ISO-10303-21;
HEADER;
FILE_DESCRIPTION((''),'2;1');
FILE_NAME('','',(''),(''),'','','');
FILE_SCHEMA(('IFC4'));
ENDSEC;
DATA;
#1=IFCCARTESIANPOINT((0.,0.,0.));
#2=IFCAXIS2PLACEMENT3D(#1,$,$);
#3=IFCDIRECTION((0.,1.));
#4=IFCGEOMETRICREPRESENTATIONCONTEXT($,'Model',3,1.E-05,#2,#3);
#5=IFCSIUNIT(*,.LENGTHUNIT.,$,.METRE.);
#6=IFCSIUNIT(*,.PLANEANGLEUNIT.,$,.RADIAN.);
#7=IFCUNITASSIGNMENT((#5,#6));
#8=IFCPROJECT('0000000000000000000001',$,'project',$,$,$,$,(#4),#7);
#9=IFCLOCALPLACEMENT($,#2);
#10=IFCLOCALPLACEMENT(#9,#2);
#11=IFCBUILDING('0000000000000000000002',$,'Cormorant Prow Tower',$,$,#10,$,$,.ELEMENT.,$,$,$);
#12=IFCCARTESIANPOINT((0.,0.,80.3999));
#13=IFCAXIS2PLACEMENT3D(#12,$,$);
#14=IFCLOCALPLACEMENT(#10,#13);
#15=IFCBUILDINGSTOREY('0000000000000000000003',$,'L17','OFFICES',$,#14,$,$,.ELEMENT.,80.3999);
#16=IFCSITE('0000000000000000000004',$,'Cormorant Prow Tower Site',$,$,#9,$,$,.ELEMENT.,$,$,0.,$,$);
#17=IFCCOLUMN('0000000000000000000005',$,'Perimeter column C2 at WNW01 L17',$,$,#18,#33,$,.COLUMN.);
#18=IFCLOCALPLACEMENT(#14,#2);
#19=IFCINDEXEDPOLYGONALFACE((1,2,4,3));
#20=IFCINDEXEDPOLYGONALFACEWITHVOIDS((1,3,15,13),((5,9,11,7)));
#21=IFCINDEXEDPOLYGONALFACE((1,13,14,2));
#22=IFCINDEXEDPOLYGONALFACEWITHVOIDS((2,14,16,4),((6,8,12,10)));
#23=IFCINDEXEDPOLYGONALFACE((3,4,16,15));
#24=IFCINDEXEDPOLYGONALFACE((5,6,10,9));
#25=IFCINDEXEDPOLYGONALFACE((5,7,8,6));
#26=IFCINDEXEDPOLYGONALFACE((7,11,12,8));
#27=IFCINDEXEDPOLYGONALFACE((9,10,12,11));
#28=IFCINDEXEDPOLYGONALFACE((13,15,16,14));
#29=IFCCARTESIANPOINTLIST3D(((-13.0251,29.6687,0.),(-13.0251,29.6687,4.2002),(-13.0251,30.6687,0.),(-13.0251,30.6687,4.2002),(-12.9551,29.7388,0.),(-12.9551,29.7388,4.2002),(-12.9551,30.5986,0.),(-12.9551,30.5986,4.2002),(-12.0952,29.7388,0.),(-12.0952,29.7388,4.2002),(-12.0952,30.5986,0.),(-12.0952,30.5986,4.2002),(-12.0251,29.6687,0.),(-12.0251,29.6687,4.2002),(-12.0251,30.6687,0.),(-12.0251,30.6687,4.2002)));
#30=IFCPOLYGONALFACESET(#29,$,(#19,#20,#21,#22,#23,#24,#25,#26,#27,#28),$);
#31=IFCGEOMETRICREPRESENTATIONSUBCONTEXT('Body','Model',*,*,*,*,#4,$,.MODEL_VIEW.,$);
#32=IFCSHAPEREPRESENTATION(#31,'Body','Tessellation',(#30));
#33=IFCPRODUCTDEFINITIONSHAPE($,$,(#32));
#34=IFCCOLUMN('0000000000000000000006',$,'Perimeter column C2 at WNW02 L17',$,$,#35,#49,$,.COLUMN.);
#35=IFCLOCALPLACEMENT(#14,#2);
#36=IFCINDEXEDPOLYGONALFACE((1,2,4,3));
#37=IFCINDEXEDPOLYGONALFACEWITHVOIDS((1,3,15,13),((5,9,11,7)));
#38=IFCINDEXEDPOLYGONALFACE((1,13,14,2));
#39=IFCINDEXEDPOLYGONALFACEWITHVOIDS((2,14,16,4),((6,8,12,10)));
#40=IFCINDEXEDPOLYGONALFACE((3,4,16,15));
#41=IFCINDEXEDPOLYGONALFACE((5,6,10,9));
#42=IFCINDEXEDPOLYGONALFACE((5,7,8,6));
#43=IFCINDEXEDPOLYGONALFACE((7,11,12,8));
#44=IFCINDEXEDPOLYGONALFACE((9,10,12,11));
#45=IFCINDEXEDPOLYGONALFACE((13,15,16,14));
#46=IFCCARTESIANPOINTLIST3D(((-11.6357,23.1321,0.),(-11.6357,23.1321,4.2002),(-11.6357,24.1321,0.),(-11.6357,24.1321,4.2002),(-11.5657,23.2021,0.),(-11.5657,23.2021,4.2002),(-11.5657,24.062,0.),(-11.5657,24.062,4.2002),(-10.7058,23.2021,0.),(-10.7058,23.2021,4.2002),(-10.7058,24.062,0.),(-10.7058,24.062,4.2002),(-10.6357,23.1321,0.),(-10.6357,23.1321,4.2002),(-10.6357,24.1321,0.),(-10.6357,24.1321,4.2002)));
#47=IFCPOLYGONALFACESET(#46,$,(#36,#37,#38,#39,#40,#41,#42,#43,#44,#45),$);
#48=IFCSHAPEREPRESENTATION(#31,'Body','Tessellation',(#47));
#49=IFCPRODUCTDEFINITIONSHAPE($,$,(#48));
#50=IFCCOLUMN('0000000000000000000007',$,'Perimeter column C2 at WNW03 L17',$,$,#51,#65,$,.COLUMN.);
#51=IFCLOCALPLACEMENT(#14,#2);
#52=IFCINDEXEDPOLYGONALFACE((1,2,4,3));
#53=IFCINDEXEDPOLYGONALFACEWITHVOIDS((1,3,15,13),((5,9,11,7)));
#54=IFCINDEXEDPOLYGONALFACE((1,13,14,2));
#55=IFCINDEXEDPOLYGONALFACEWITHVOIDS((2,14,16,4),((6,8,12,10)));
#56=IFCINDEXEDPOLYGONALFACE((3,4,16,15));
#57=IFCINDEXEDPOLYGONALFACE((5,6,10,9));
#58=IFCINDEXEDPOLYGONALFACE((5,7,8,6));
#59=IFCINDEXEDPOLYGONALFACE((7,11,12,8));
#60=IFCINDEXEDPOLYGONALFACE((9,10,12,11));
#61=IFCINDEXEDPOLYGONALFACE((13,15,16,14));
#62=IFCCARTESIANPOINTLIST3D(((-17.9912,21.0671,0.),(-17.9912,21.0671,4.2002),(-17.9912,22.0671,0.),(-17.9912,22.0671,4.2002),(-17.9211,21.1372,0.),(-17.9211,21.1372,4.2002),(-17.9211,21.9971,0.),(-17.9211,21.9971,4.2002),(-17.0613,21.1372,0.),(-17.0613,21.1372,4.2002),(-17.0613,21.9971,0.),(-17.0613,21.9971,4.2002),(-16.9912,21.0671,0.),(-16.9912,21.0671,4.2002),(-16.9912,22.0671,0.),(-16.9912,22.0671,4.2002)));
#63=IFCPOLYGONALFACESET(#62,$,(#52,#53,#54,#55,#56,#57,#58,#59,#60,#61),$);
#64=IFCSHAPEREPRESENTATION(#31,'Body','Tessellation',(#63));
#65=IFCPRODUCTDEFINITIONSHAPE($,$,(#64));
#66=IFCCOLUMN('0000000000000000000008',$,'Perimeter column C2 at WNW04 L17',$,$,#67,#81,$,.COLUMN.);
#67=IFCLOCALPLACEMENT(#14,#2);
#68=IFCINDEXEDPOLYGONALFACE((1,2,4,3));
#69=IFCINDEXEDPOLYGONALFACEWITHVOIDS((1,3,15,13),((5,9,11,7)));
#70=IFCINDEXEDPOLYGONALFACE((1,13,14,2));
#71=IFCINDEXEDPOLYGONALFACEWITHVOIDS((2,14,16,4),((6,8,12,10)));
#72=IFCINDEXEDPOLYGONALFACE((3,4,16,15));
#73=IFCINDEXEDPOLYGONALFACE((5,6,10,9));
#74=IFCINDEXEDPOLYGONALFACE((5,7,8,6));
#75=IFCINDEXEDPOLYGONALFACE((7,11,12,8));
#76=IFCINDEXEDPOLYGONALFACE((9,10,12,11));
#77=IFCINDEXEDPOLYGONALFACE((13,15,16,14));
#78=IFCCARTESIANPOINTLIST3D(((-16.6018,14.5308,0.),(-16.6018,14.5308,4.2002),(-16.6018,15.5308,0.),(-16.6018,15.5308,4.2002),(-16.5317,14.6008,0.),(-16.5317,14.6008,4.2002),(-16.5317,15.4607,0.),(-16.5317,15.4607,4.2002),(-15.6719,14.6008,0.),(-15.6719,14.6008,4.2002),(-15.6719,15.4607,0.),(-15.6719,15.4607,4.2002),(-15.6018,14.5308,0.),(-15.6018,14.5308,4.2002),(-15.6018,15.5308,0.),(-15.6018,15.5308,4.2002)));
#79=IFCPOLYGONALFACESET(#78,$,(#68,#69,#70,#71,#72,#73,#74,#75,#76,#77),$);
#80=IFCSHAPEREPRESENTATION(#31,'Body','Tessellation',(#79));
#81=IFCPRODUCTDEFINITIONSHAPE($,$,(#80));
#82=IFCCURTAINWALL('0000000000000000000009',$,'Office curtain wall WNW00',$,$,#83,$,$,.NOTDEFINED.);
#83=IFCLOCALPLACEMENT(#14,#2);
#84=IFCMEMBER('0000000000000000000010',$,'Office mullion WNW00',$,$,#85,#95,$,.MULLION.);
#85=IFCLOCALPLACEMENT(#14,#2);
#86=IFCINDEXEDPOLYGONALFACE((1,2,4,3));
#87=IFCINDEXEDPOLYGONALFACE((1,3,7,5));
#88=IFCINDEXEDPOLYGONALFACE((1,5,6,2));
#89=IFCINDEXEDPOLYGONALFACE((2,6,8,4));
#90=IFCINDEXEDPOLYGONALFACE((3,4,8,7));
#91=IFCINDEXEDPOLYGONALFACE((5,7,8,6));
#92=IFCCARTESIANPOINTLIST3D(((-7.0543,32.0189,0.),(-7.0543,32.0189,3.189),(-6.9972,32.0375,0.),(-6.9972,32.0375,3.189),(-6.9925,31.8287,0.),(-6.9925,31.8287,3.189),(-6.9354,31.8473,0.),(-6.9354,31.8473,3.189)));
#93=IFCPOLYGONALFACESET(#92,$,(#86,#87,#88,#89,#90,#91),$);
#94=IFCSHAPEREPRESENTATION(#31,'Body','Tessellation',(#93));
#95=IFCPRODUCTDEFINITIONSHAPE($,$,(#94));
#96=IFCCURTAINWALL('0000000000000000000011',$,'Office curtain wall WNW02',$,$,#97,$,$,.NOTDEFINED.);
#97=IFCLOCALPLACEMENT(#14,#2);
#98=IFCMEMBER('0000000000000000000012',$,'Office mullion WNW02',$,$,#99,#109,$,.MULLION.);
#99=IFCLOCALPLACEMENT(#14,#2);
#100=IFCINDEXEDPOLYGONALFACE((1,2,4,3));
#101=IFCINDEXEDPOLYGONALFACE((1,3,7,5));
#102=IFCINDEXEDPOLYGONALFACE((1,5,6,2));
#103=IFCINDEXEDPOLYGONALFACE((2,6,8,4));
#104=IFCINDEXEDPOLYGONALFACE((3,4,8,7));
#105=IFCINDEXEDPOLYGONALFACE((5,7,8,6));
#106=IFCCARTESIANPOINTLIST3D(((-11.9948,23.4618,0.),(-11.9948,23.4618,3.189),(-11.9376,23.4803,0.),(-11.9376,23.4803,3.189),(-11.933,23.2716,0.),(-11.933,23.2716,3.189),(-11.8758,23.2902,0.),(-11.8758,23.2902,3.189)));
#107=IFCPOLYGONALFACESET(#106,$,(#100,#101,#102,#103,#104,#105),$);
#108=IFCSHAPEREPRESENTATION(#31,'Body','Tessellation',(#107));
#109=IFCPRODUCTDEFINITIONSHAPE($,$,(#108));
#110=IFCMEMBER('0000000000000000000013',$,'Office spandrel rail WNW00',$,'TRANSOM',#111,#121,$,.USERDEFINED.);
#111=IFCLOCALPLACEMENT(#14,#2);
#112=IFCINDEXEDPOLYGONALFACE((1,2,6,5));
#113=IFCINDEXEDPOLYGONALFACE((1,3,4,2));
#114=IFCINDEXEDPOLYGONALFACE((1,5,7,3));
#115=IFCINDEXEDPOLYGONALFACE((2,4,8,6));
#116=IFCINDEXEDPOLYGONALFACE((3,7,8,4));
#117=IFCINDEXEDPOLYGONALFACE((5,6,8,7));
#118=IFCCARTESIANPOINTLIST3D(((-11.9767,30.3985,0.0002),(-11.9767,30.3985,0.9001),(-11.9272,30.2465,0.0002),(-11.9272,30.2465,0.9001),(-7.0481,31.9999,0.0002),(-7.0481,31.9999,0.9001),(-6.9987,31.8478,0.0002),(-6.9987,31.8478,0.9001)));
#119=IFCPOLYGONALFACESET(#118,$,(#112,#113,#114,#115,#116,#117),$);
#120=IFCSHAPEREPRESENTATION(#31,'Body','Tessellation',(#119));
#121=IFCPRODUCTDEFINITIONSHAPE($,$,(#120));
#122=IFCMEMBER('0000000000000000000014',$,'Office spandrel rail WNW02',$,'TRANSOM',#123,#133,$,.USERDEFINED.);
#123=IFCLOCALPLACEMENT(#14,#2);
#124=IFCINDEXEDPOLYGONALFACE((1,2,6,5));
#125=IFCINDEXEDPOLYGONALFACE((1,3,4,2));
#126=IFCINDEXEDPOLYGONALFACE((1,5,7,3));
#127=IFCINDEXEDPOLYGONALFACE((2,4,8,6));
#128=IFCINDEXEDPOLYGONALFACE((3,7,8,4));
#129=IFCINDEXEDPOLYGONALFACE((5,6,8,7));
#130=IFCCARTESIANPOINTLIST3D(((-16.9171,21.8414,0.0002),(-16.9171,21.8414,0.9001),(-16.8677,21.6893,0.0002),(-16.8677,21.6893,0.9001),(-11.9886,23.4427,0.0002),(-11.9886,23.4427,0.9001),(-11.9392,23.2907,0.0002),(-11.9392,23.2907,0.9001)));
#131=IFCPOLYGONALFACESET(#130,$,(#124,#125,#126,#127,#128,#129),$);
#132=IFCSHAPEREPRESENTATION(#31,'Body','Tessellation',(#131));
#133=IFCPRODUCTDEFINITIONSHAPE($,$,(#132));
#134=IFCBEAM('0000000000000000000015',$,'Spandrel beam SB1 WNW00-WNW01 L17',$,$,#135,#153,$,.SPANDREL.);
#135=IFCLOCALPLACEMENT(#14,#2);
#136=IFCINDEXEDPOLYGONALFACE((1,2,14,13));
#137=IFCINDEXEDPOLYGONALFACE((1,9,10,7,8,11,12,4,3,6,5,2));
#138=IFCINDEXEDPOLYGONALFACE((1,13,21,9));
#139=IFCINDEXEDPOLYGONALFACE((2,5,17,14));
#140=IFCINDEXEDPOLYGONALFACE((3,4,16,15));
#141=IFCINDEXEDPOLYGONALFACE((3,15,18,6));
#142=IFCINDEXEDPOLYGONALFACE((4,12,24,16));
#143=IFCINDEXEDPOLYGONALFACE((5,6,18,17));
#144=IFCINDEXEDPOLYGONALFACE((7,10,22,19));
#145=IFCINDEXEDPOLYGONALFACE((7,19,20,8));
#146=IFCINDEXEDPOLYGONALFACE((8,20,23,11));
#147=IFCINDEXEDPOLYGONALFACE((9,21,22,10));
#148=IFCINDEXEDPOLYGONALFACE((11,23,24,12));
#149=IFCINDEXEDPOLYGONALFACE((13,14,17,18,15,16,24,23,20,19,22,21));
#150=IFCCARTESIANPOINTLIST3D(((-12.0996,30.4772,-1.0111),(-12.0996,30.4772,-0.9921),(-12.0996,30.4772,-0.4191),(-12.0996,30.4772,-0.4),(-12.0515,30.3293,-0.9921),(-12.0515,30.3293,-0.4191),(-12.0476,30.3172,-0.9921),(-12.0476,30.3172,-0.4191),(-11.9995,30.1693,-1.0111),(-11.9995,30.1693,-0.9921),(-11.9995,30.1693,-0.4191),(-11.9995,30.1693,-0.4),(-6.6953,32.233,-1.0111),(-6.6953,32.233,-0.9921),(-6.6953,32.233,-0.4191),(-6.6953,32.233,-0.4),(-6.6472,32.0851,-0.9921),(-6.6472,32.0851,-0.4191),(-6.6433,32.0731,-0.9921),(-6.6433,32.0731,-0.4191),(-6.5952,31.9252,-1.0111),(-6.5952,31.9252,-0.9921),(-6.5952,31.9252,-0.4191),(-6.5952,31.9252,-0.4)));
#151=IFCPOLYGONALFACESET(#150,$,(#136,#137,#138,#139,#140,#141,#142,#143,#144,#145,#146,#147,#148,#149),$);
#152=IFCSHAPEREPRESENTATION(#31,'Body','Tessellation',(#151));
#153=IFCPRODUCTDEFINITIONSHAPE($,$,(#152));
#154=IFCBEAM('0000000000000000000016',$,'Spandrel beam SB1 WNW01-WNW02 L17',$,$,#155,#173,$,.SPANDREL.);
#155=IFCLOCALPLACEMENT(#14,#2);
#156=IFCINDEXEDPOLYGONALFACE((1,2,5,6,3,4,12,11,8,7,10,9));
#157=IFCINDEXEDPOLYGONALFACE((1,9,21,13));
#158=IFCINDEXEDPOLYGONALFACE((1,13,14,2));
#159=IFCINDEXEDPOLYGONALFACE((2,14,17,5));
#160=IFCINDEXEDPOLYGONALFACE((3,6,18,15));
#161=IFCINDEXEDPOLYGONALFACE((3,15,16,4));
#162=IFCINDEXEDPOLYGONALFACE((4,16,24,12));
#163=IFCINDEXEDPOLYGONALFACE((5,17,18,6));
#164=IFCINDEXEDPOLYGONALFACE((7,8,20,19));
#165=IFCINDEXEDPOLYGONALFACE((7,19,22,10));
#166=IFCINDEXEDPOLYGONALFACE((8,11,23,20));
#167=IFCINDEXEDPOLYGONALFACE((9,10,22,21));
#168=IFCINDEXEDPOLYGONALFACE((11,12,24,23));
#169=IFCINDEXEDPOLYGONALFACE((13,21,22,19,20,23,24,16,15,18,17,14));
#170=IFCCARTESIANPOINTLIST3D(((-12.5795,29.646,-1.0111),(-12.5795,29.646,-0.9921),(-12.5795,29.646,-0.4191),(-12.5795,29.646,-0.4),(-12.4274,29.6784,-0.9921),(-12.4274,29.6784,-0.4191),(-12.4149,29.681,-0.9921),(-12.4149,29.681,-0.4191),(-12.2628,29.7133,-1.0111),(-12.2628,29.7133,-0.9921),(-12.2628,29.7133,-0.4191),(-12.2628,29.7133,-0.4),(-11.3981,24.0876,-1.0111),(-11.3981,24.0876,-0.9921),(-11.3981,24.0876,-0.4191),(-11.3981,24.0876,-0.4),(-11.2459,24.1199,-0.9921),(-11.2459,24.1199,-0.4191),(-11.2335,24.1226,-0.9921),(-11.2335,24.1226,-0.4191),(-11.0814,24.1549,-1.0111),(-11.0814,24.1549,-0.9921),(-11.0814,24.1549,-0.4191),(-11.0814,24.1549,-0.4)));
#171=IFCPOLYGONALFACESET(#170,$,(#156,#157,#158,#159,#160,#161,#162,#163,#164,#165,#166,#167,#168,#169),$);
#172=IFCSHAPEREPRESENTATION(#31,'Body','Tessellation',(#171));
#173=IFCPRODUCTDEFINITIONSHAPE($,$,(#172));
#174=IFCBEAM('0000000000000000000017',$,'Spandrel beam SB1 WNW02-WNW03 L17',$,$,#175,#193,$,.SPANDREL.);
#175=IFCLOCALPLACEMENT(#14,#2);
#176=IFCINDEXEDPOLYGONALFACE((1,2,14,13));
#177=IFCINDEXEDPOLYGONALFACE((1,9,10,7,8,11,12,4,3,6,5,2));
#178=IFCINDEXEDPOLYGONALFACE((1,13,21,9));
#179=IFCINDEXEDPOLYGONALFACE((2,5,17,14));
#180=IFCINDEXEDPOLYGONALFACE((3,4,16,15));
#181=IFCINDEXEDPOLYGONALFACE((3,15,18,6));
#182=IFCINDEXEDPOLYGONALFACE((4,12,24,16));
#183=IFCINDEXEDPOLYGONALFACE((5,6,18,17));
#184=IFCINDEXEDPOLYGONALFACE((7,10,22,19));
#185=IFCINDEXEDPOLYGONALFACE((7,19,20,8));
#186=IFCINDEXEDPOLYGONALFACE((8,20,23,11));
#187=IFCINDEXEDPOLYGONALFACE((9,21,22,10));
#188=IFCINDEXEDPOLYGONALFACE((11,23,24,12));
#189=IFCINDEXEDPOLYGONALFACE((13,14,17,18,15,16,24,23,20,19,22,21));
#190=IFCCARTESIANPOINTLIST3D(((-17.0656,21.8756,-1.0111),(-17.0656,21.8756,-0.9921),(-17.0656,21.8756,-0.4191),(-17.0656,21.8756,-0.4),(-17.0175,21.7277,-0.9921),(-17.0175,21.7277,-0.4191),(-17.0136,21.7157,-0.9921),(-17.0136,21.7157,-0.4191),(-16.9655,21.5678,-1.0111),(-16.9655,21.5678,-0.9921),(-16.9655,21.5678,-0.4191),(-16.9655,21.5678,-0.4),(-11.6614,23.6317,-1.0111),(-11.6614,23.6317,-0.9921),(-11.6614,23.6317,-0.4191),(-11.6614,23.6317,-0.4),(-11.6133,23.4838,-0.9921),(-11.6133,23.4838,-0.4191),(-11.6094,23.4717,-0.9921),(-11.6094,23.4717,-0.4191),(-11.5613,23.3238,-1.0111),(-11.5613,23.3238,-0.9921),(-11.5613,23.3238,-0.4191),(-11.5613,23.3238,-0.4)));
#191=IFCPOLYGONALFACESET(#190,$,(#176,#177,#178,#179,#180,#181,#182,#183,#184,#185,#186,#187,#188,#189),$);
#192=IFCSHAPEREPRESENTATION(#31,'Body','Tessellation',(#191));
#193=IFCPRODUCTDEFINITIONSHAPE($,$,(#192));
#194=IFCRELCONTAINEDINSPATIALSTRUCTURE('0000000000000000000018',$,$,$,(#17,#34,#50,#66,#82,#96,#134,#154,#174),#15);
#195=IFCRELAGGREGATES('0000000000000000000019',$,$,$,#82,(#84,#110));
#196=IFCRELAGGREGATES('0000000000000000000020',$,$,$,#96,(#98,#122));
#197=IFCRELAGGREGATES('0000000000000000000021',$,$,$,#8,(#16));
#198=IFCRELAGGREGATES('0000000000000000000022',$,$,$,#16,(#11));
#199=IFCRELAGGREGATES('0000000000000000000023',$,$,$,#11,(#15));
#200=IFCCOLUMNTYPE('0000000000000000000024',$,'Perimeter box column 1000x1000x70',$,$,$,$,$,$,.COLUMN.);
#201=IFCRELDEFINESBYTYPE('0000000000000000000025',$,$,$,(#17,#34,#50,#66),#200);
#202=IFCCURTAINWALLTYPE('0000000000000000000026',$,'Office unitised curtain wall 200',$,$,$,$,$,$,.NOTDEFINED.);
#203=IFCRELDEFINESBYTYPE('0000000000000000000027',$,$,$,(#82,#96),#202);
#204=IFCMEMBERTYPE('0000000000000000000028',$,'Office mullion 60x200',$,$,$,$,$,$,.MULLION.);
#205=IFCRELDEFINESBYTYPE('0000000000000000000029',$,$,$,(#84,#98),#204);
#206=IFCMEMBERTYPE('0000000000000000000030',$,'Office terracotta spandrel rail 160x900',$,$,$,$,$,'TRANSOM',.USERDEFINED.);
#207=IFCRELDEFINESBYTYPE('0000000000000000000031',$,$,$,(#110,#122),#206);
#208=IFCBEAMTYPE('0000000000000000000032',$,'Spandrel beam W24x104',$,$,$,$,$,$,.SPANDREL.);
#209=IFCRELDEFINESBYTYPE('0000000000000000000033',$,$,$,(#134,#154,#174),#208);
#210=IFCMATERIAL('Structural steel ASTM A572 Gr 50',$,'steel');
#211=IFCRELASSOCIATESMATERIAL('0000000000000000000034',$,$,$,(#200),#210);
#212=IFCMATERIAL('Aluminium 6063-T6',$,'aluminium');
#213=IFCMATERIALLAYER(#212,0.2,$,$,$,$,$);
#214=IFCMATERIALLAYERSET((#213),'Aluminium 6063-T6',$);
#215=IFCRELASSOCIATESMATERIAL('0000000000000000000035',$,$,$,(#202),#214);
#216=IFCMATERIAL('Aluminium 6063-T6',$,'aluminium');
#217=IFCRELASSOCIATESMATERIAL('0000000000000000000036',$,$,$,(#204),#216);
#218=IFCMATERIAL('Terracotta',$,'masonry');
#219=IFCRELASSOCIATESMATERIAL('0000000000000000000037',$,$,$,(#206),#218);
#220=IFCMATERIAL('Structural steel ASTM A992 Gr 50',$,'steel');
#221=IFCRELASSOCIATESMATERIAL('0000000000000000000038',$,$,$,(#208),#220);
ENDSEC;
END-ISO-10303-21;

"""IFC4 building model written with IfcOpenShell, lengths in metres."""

from ifc_helpers import new_model, si_unit, direction, frame, origin, origin_2d, place, context, subcontext, project, spatial, rectangle, hollow_rectangle, i_section, extrude, material, layer, layer_set, material_profile, profile_set, type_object, element, aggregate, save


model = new_model("IFC4")

# Units and contexts
model_context = context("Model", 3, precision=1e-05, world=origin(), true_north=direction((0.0, 1.0)))
body_context = subcontext(model_context, "Body", "Model", "MODEL_VIEW")
ifc_project = project(units=[si_unit("LENGTHUNIT", "METRE"), si_unit("PLANEANGLEUNIT", "RADIAN")], contexts=[model_context])

# Site, building, storey
site_placement = place(None, origin())
site = spatial("IfcSite", under=ifc_project, at=site_placement, Name="Cormorant Prow Tower Site", CompositionType="ELEMENT", RefElevation=0.0)
building_placement = place(site_placement, origin())
building = spatial("IfcBuilding", under=site, at=building_placement, Name="Cormorant Prow Tower", CompositionType="ELEMENT")
storey_placement = place(building_placement, frame((0.0, 0.0, 80.3999)))
storey = spatial("IfcBuildingStorey", under=building, at=storey_placement, Name="L17", Description="OFFICES", CompositionType="ELEMENT", Elevation=80.3999)

# Columns
ifc_material_1 = material(Name="Structural steel ASTM A572 Gr 50", Category="steel")
ifc_material_profile_1 = material_profile(ifc_material_1, hollow_rectangle(XDim=1.0, YDim=1.0, WallThickness=0.0701, at=origin_2d()), Name="Box 1000x1000x70")
ifc_profile_set_1 = profile_set([ifc_material_profile_1], Name="Structural steel ASTM A572 Gr 50")
column_type = type_object("IfcColumnType", Name="Perimeter box column 1000x1000x70", PredefinedType="COLUMN", material=ifc_profile_set_1)
for number, where, z_axis, x_axis, name in (
    (1, (-12.5251, 30.1687, 0.0), (0.0, 0.0, 1.0), (1.0, 0.0, 0.0), "Perimeter column C2 at WNW01 L17"),
    (2, (-11.1357, 23.6321, 0.0), (0.0, 0.0, 1.0), (1.0, 0.0, 0.0), "Perimeter column C2 at WNW02 L17"),
    (3, (-17.4912, 21.5671, 0.0), (0.0, 0.0, 1.0), (1.0, 0.0, 0.0), "Perimeter column C2 at WNW03 L17"),
    (4, (-16.1018, 15.0308, 0.0), (0.0, 0.0, 1.0), (1.0, 0.0, 0.0), "Perimeter column C2 at WNW04 L17"),
):
    element("IfcColumn", number, at=place(storey_placement, frame(where, z_axis=z_axis, x_axis=x_axis)), inside=storey, type_object=column_type, Name=name, PredefinedType="COLUMN", context=body_context, shape_type="SweptSolid", body=[
        extrude(hollow_rectangle(XDim=1.0, YDim=1.0, WallThickness=0.0701, at=origin_2d()), origin(), (0.0, 0.0, 1.0), 4.2002),
    ])

# Curtain walls, members
ifc_material_2 = material(Name="Aluminium 6063-T6", Category="aluminium")
ifc_layer_1 = layer(ifc_material_2, 0.2)
ifc_layer_set_1 = layer_set([ifc_layer_1], Name="Aluminium 6063-T6")
curtain_wall_type = type_object("IfcCurtainWallType", Name="Office unitised curtain wall 200", PredefinedType="NOTDEFINED", material=ifc_layer_set_1)
curtain_wall_1_placement = place(storey_placement, origin())
curtain_wall_1 = element("IfcCurtainWall", 5, at=curtain_wall_1_placement, inside=storey, type_object=curtain_wall_type, Name="Office curtain wall WNW00", PredefinedType="NOTDEFINED")
ifc_material_3 = material(Name="Aluminium 6063-T6", Category="aluminium")
ifc_material_profile_2 = material_profile(ifc_material_3, rectangle(XDim=0.2, YDim=0.0601, at=origin_2d()), Name="Office mullion 60x200")
ifc_profile_set_2 = profile_set([ifc_material_profile_2], Name="Aluminium 6063-T6")
member_type_1 = type_object("IfcMemberType", Name="Office mullion 60x200", PredefinedType="MULLION", material=ifc_profile_set_2)
member_1_placement = place(storey_placement, frame((-6.9949, 31.9331, 0.0), z_axis=(0.0, 0.0, 1.0), x_axis=(0.309017, -0.951057, 0.0)))
member_1 = element("IfcMember", 6, at=member_1_placement, type_object=member_type_1, Name="Office mullion WNW00", PredefinedType="MULLION", context=body_context, shape_type="SweptSolid", body=[
    extrude(rectangle(XDim=0.2, YDim=0.0601, at=origin_2d()), origin(), (0.0, 0.0, 1.0), 3.189),
])
curtain_wall_2_placement = place(storey_placement, origin())
curtain_wall_2 = element("IfcCurtainWall", 7, at=curtain_wall_2_placement, inside=storey, type_object=curtain_wall_type, Name="Office curtain wall WNW02", PredefinedType="NOTDEFINED")
member_2_placement = place(storey_placement, frame((-11.9353, 23.376, 0.0), z_axis=(0.0, 0.0, 1.0), x_axis=(0.309017, -0.951057, 0.0)))
member_2 = element("IfcMember", 8, at=member_2_placement, type_object=member_type_1, Name="Office mullion WNW02", PredefinedType="MULLION", context=body_context, shape_type="SweptSolid", body=[
    extrude(rectangle(XDim=0.2, YDim=0.0601, at=origin_2d()), origin(), (0.0, 0.0, 1.0), 3.189),
])

# Members
ifc_material_4 = material(Name="Terracotta", Category="masonry")
ifc_material_profile_3 = material_profile(ifc_material_4, rectangle(XDim=0.1599, YDim=0.8999, at=origin_2d()), Name="Office terracotta spandrel rail 160x900")
ifc_profile_set_3 = profile_set([ifc_material_profile_3], Name="Terracotta")
member_type_2 = type_object("IfcMemberType", Name="Office terracotta spandrel rail 160x900", ElementType="TRANSOM", PredefinedType="USERDEFINED", material=ifc_profile_set_3)
member_3_placement = place(storey_placement, frame((-7.0234, 31.9238, 0.4502), z_axis=(-0.951059, -0.30901, 0.0), x_axis=(0.30901, -0.951059, 0.0)))
member_3 = element("IfcMember", 9, at=member_3_placement, type_object=member_type_2, Name="Office spandrel rail WNW00", ObjectType="TRANSOM", PredefinedType="USERDEFINED", context=body_context, shape_type="SweptSolid", body=[
    extrude(rectangle(XDim=0.1599, YDim=0.8999, at=origin_2d()), origin(), (0.0, 0.0, 1.0), 5.1821),
])
member_4_placement = place(storey_placement, frame((-11.9639, 23.3667, 0.4502), z_axis=(-0.951059, -0.30901, 0.0), x_axis=(0.30901, -0.951059, 0.0)))
member_4 = element("IfcMember", 10, at=member_4_placement, type_object=member_type_2, Name="Office spandrel rail WNW02", ObjectType="TRANSOM", PredefinedType="USERDEFINED", context=body_context, shape_type="SweptSolid", body=[
    extrude(rectangle(XDim=0.1599, YDim=0.8999, at=origin_2d()), origin(), (0.0, 0.0, 1.0), 5.1821),
])

# Beams
ifc_material_5 = material(Name="Structural steel ASTM A992 Gr 50", Category="steel")
ifc_material_profile_4 = material_profile(ifc_material_5, i_section(OverallWidth=0.3237, OverallDepth=0.6111, WebThickness=0.0127, FlangeThickness=0.019, at=origin_2d()), Name="W24x104")
ifc_profile_set_4 = profile_set([ifc_material_profile_4], Name="Structural steel ASTM A992 Gr 50")
beam_type = type_object("IfcBeamType", Name="Spandrel beam W24x104", PredefinedType="SPANDREL", material=ifc_profile_set_4)
beam_1_placement = place(storey_placement, frame((-6.6453, 32.0791, -0.7056), z_axis=(-0.951062, -0.309001, 0.0), x_axis=(0.309001, -0.951062, 0.0)))
element("IfcBeam", 11, at=beam_1_placement, inside=storey, type_object=beam_type, Name="Spandrel beam SB1 WNW00-WNW01 L17", PredefinedType="SPANDREL", context=body_context, shape_type="SweptSolid", body=[
    extrude(i_section(OverallWidth=0.3237, OverallDepth=0.6111, WebThickness=0.0127, FlangeThickness=0.019, at=origin_2d()), origin(), (0.0, 0.0, 1.0), 5.6824),
])
beam_2_placement = place(storey_placement, frame((-12.4211, 29.6797, -0.7056), z_axis=(0.2079, -0.97815, 0.0), x_axis=(0.97815, 0.2079, 0.0)))
element("IfcBeam", 12, at=beam_2_placement, inside=storey, type_object=beam_type, Name="Spandrel beam SB1 WNW01-WNW02 L17", PredefinedType="SPANDREL", context=body_context, shape_type="SweptSolid", body=[
    extrude(i_section(OverallWidth=0.3237, OverallDepth=0.6111, WebThickness=0.0127, FlangeThickness=0.019, at=origin_2d()), origin(), (0.0, 0.0, 1.0), 5.6826),
])
beam_3_placement = place(storey_placement, frame((-11.6113, 23.4778, -0.7056), z_axis=(-0.951049, -0.309039, 0.0), x_axis=(0.309039, -0.951049, 0.0)))
element("IfcBeam", 13, at=beam_3_placement, inside=storey, type_object=beam_type, Name="Spandrel beam SB1 WNW02-WNW03 L17", PredefinedType="SPANDREL", context=body_context, shape_type="SweptSolid", body=[
    extrude(i_section(OverallWidth=0.3237, OverallDepth=0.6111, WebThickness=0.0127, FlangeThickness=0.019, at=origin_2d()), origin(), (0.0, 0.0, 1.0), 5.6824),
])

aggregate(curtain_wall_1, [member_1, member_3])
aggregate(curtain_wall_2, [member_2, member_4])

save(model, "model.ifc")
